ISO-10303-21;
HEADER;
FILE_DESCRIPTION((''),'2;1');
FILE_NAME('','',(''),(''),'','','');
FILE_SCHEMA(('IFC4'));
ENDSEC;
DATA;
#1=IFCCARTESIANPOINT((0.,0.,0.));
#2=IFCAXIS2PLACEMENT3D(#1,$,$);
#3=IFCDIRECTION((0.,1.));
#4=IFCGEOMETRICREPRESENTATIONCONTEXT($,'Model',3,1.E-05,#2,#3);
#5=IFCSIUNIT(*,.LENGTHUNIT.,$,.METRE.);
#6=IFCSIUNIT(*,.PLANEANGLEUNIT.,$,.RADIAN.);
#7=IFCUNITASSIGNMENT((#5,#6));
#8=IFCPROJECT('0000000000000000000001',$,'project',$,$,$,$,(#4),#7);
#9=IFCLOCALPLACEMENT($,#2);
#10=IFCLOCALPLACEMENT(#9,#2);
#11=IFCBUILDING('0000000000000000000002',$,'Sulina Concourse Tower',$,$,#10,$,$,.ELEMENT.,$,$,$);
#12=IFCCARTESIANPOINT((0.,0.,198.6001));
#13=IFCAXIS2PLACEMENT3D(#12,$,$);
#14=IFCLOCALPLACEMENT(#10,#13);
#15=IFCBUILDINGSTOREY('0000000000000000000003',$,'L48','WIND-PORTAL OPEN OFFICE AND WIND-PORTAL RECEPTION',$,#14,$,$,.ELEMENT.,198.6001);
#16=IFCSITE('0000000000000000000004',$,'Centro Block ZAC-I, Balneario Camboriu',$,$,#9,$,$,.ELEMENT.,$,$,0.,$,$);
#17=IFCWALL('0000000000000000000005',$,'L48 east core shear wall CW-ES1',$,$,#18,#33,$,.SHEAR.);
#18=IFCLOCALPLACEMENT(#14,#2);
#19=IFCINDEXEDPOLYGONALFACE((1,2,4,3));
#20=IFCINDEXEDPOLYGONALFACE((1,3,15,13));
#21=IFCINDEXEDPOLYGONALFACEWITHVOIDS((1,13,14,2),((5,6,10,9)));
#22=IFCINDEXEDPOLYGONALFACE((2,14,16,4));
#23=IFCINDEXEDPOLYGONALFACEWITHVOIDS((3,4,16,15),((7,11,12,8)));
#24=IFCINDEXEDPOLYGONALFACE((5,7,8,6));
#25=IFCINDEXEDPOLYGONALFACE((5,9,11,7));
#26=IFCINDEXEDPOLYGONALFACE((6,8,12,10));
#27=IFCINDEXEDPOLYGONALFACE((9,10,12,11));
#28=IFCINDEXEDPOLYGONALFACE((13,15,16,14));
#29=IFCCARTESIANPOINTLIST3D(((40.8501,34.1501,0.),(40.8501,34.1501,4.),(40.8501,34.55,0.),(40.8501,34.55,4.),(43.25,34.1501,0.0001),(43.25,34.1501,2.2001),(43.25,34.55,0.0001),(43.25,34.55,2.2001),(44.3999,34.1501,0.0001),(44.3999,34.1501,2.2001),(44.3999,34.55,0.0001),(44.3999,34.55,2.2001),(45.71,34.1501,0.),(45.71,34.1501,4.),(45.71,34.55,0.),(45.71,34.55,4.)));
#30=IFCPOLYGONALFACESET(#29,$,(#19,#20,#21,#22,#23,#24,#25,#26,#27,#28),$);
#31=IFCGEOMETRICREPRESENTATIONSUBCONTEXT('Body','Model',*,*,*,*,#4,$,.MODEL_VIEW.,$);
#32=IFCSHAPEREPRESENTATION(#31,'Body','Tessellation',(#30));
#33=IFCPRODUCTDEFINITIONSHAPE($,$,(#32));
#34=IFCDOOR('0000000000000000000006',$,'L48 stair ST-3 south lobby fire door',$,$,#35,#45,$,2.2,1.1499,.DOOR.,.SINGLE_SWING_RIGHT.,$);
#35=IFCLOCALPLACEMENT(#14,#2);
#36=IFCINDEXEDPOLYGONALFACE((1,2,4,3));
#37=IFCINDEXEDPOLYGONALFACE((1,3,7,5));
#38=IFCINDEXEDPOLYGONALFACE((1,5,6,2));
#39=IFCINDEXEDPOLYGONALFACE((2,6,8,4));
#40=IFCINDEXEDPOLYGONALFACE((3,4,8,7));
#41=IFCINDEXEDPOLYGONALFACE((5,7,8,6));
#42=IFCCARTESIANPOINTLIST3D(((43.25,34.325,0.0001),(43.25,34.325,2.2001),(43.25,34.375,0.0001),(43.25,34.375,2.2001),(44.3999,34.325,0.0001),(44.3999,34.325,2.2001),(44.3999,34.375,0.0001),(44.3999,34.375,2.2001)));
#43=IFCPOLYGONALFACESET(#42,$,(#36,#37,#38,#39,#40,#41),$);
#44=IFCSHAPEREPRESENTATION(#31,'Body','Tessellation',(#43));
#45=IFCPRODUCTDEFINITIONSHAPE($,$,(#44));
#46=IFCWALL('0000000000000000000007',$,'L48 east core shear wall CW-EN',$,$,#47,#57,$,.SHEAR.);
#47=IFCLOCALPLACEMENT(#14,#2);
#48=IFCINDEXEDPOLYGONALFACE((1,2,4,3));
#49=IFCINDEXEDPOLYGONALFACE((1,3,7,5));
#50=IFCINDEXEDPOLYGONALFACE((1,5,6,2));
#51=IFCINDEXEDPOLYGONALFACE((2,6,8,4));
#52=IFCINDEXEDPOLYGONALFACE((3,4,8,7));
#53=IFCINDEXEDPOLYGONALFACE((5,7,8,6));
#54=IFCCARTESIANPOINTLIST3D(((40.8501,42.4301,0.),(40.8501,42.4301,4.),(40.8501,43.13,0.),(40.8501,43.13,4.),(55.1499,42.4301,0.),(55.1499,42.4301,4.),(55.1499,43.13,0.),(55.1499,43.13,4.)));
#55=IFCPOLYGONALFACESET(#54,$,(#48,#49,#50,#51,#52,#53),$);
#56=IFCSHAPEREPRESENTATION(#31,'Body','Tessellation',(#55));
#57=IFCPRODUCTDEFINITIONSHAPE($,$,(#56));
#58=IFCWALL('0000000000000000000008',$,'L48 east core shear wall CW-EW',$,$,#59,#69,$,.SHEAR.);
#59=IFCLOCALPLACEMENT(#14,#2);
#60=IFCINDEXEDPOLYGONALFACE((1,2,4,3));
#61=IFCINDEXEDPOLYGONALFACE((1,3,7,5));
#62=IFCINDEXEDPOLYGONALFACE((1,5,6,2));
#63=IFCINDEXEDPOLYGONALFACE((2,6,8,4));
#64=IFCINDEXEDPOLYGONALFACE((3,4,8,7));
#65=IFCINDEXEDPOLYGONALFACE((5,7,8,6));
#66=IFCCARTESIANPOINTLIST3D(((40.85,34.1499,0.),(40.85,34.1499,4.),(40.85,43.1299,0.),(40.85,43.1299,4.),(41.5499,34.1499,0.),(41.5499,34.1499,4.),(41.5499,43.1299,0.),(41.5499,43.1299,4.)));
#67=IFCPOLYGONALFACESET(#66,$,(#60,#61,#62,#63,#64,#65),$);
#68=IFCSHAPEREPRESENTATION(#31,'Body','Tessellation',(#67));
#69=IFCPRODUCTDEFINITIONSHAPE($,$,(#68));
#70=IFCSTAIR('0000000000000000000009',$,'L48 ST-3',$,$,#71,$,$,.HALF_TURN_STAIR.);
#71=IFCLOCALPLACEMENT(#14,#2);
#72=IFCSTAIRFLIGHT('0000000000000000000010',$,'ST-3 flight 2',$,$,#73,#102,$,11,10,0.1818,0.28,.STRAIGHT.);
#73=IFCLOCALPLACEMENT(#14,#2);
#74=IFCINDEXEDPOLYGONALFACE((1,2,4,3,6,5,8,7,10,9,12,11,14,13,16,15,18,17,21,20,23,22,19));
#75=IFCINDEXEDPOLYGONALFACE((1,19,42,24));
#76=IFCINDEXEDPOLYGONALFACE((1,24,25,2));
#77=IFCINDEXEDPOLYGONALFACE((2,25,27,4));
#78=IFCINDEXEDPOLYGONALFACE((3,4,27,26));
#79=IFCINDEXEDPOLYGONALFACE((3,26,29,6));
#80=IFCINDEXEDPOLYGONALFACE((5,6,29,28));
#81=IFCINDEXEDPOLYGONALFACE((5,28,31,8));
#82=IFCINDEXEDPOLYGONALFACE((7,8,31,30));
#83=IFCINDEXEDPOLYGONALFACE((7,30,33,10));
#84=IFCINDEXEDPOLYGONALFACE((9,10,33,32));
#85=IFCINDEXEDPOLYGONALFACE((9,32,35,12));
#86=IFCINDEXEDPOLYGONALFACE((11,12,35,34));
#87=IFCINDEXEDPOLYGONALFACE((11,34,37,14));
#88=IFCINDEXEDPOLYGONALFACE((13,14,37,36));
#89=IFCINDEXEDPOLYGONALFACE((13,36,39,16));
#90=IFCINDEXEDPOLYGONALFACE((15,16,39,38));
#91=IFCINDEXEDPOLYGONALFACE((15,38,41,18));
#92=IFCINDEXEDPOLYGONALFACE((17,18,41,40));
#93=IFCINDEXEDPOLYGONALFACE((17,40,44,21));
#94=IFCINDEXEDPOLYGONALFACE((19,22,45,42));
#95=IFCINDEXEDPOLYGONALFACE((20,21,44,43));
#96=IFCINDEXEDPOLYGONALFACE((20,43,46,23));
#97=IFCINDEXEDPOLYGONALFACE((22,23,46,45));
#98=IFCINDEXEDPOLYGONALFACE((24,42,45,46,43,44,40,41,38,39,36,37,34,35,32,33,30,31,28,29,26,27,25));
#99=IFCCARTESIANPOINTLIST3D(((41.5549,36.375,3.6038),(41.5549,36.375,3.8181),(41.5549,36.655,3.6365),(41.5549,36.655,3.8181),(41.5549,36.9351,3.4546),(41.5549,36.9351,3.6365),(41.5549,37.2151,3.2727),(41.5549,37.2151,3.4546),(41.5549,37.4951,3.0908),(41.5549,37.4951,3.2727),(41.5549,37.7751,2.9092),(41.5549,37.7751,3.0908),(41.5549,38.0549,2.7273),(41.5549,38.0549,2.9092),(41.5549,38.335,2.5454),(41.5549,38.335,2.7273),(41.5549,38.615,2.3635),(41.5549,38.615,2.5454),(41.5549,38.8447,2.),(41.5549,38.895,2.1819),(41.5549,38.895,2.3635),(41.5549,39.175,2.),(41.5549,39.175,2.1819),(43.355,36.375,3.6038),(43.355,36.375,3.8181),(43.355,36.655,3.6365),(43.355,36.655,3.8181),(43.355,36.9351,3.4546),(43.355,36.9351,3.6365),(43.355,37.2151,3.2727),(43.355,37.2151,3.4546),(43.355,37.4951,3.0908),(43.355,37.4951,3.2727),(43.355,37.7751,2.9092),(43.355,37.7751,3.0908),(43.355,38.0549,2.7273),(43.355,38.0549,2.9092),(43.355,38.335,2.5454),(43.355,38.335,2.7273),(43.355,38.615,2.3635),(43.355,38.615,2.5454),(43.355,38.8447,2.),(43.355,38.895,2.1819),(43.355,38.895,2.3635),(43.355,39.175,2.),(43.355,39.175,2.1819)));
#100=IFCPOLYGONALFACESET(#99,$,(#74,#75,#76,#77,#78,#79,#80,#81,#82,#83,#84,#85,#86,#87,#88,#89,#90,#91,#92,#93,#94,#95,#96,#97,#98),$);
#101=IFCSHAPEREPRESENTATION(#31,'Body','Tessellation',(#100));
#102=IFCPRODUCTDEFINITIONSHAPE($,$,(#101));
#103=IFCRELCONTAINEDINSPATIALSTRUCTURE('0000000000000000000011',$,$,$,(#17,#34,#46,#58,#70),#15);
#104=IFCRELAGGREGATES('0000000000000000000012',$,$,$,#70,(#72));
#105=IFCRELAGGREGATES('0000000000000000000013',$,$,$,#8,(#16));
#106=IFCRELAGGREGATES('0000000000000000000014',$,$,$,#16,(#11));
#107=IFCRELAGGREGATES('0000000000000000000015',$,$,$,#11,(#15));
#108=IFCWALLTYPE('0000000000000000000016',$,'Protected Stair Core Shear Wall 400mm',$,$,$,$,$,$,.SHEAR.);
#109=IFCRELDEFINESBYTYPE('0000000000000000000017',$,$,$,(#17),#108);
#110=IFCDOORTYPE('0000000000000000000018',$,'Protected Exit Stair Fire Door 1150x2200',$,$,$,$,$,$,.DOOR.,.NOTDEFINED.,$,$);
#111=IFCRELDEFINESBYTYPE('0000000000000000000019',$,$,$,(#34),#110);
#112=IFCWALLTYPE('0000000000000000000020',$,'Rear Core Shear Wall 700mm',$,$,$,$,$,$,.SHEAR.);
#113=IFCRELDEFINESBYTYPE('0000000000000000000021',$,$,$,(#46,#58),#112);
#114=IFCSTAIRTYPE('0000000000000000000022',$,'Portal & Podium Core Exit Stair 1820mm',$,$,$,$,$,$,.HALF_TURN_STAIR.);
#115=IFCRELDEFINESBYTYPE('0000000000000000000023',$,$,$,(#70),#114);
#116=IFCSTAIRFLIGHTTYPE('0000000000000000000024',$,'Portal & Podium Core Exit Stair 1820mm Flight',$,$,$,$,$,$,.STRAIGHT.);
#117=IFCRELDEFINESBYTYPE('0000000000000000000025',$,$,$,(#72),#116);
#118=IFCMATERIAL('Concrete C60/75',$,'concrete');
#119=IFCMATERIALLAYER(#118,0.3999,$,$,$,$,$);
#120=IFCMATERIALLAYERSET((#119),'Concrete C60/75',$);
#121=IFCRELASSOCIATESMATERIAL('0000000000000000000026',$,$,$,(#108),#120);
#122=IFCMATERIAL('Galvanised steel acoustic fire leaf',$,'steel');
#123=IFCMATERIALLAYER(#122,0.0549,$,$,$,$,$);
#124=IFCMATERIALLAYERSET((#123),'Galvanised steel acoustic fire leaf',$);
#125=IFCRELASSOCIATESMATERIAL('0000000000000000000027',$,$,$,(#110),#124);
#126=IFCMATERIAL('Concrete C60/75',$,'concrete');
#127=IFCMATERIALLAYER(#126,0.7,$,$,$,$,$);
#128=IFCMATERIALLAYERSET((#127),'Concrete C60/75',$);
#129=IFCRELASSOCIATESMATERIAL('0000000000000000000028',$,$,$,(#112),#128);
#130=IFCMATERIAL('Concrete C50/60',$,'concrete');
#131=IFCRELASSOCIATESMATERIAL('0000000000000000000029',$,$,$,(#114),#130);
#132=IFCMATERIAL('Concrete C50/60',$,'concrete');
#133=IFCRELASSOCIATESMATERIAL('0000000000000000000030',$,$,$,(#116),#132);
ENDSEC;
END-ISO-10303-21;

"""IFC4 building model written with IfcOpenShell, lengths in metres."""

from ifc_helpers import new_model, si_unit, direction, frame, frame_2d, origin, place, context, subcontext, project, spatial, polyline, rectangle, outline, extrude, material, layer, layer_set, type_object, element, fill, aggregate, save


model = new_model("IFC4")

# Units and contexts
model_context = context("Model", 3, precision=1e-05, world=origin(), true_north=direction((0.0, 1.0)))
body_context = subcontext(model_context, "Body", "Model", "MODEL_VIEW")
ifc_project = project(units=[si_unit("LENGTHUNIT", "METRE"), si_unit("PLANEANGLEUNIT", "RADIAN")], contexts=[model_context])

# Site, building, storey
site_placement = place(None, origin())
site = spatial("IfcSite", under=ifc_project, at=site_placement, Name="Centro Block ZAC-I, Balneario Camboriu", CompositionType="ELEMENT", RefElevation=0.0)
building_placement = place(site_placement, origin())
building = spatial("IfcBuilding", under=site, at=building_placement, Name="Sulina Concourse Tower", CompositionType="ELEMENT")
storey_placement = place(building_placement, frame((0.0, 0.0, 198.6001)))
storey = spatial("IfcBuildingStorey", under=building, at=storey_placement, Name="L48", Description="WIND-PORTAL OPEN OFFICE AND WIND-PORTAL RECEPTION", CompositionType="ELEMENT", Elevation=198.6001)

# Wall, opening, door
ifc_material_1 = material(Name="Concrete C60/75", Category="concrete")
ifc_layer_1 = layer(ifc_material_1, 0.3999)
ifc_layer_set_1 = layer_set([ifc_layer_1], Name="Concrete C60/75")
wall_type_1 = type_object("IfcWallType", Name="Protected Stair Core Shear Wall 400mm", PredefinedType="SHEAR", material=ifc_layer_set_1)
wall_1_placement = place(storey_placement, frame((40.8501, 34.3501, 0.0), z_axis=(0.0, 0.0, 1.0), x_axis=(1.0, 0.0, 0.0)))
wall_1 = element("IfcWall", 1, at=wall_1_placement, inside=storey, type_object=wall_type_1, Name="L48 east core shear wall CW-ES1", PredefinedType="SHEAR", context=body_context, shape_type="SweptSolid", body=[
    extrude(rectangle(XDim=4.8599, YDim=0.3999, at=frame_2d((2.4299, 0.0))), origin(), (0.0, 0.0, 1.0), 4.0),
])
opening_1_placement = place(wall_1_placement, frame((2.3999, 0.0, 0.0)))
opening_1 = element("IfcOpeningElement", 2, at=opening_1_placement, cuts=wall_1, PredefinedType="OPENING", context=body_context, shape_type="SweptSolid", body=[
    extrude(rectangle(XDim=1.1499, YDim=2.2, at=frame_2d((0.575, 1.1001))), frame((0.0, 0.21, 0.0), z_axis=(0.0, -1.0, 0.0), x_axis=(1.0, 0.0, 0.0)), (0.0, 0.0, 1.0), 0.4199),
])
ifc_material_2 = material(Name="Galvanised steel acoustic fire leaf", Category="steel")
ifc_layer_2 = layer(ifc_material_2, 0.0549)
ifc_layer_set_2 = layer_set([ifc_layer_2], Name="Galvanised steel acoustic fire leaf")
door_type_1 = type_object("IfcDoorType", Name="Protected Exit Stair Fire Door 1150x2200", OperationType="NOTDEFINED", PredefinedType="DOOR", material=ifc_layer_set_2)
door_1_placement = place(opening_1_placement, origin())
door_1 = element("IfcDoor", 3, at=door_1_placement, inside=storey, type_object=door_type_1, Name="L48 stair ST-3 south lobby fire door", OperationType="SINGLE_SWING_RIGHT", OverallHeight=2.2, OverallWidth=1.1499, PredefinedType="DOOR", context=body_context, shape_type="SweptSolid", body=[
    extrude(rectangle(XDim=1.1499, YDim=2.2, at=frame_2d((0.575, 1.1001))), frame((0.0, 0.0249, 0.0), z_axis=(0.0, -1.0, 0.0), x_axis=(1.0, 0.0, 0.0)), (0.0, 0.0, 1.0), 0.05),
])
fill(opening_1, door_1)

# Walls
ifc_material_3 = material(Name="Concrete C60/75", Category="concrete")
ifc_layer_3 = layer(ifc_material_3, 0.7)
ifc_layer_set_3 = layer_set([ifc_layer_3], Name="Concrete C60/75")
wall_type_2 = type_object("IfcWallType", Name="Rear Core Shear Wall 700mm", PredefinedType="SHEAR", material=ifc_layer_set_3)
wall_2_placement = place(storey_placement, frame((40.8501, 42.78, 0.0), z_axis=(0.0, 0.0, 1.0), x_axis=(1.0, 0.0, 0.0)))
element("IfcWall", 4, at=wall_2_placement, inside=storey, type_object=wall_type_2, Name="L48 east core shear wall CW-EN", PredefinedType="SHEAR", context=body_context, shape_type="SweptSolid", body=[
    extrude(rectangle(XDim=14.2998, YDim=0.7, at=frame_2d((7.1499, 0.0))), origin(), (0.0, 0.0, 1.0), 4.0),
])
wall_3_placement = place(storey_placement, frame((41.2, 34.1499, 0.0), z_axis=(0.0, 0.0, 1.0), x_axis=(0.0, 1.0, 0.0)))
element("IfcWall", 5, at=wall_3_placement, inside=storey, type_object=wall_type_2, Name="L48 east core shear wall CW-EW", PredefinedType="SHEAR", context=body_context, shape_type="SweptSolid", body=[
    extrude(rectangle(XDim=8.98, YDim=0.7, at=frame_2d((4.49, 0.0))), origin(), (0.0, 0.0, 1.0), 4.0),
])

# Stair, stair flight
ifc_material_4 = material(Name="Concrete C50/60", Category="concrete")
stair_type = type_object("IfcStairType", Name="Portal & Podium Core Exit Stair 1820mm", PredefinedType="HALF_TURN_STAIR", material=ifc_material_4)
stair_placement = place(storey_placement, origin())
stair = element("IfcStair", 6, at=stair_placement, inside=storey, type_object=stair_type, Name="L48 ST-3", PredefinedType="HALF_TURN_STAIR")
ifc_material_5 = material(Name="Concrete C50/60", Category="concrete")
stair_flight_type = type_object("IfcStairFlightType", Name="Portal & Podium Core Exit Stair 1820mm Flight", PredefinedType="STRAIGHT", material=ifc_material_5)
stair_flight_placement = place(storey_placement, frame((42.4551, 39.175, 2.0), z_axis=(0.0, 0.0, 1.0), x_axis=(0.0, -1.0, 0.0)))
stair_flight = element("IfcStairFlight", 7, at=stair_flight_placement, type_object=stair_flight_type, Name="ST-3 flight 2", NumberOfRisers=11, NumberOfTreads=10, PredefinedType="STRAIGHT", RiserHeight=0.1818, TreadLength=0.28, context=body_context, shape_type="SweptSolid", body=[
    extrude(outline(polyline([(0.0, 0.0), (0.0, 0.1819), (0.28, 0.1819), (0.28, 0.3635), (0.5601, 0.3635), (0.5601, 0.5454), (0.8401, 0.5454), (0.8401, 0.7273), (1.1201, 0.7273), (1.1201, 0.9092), (1.3999, 0.9092), (1.3999, 1.0908), (1.6799, 1.0908), (1.6799, 1.2727), (1.96, 1.2727), (1.96, 1.4546), (2.24, 1.4546), (2.24, 1.6365), (2.52, 1.6365), (2.52, 1.8181), (2.8, 1.8181), (2.8, 2.0), (2.8, 1.6038), (0.3303, 0.0), (0.0, 0.0)])), frame((0.0, 0.8999, 0.0), z_axis=(0.0, -1.0, 0.0), x_axis=(1.0, 0.0, 0.0)), (0.0, 0.0, 1.0), 1.8),
])
aggregate(stair, [stair_flight])

save(model, "model.ifc")
